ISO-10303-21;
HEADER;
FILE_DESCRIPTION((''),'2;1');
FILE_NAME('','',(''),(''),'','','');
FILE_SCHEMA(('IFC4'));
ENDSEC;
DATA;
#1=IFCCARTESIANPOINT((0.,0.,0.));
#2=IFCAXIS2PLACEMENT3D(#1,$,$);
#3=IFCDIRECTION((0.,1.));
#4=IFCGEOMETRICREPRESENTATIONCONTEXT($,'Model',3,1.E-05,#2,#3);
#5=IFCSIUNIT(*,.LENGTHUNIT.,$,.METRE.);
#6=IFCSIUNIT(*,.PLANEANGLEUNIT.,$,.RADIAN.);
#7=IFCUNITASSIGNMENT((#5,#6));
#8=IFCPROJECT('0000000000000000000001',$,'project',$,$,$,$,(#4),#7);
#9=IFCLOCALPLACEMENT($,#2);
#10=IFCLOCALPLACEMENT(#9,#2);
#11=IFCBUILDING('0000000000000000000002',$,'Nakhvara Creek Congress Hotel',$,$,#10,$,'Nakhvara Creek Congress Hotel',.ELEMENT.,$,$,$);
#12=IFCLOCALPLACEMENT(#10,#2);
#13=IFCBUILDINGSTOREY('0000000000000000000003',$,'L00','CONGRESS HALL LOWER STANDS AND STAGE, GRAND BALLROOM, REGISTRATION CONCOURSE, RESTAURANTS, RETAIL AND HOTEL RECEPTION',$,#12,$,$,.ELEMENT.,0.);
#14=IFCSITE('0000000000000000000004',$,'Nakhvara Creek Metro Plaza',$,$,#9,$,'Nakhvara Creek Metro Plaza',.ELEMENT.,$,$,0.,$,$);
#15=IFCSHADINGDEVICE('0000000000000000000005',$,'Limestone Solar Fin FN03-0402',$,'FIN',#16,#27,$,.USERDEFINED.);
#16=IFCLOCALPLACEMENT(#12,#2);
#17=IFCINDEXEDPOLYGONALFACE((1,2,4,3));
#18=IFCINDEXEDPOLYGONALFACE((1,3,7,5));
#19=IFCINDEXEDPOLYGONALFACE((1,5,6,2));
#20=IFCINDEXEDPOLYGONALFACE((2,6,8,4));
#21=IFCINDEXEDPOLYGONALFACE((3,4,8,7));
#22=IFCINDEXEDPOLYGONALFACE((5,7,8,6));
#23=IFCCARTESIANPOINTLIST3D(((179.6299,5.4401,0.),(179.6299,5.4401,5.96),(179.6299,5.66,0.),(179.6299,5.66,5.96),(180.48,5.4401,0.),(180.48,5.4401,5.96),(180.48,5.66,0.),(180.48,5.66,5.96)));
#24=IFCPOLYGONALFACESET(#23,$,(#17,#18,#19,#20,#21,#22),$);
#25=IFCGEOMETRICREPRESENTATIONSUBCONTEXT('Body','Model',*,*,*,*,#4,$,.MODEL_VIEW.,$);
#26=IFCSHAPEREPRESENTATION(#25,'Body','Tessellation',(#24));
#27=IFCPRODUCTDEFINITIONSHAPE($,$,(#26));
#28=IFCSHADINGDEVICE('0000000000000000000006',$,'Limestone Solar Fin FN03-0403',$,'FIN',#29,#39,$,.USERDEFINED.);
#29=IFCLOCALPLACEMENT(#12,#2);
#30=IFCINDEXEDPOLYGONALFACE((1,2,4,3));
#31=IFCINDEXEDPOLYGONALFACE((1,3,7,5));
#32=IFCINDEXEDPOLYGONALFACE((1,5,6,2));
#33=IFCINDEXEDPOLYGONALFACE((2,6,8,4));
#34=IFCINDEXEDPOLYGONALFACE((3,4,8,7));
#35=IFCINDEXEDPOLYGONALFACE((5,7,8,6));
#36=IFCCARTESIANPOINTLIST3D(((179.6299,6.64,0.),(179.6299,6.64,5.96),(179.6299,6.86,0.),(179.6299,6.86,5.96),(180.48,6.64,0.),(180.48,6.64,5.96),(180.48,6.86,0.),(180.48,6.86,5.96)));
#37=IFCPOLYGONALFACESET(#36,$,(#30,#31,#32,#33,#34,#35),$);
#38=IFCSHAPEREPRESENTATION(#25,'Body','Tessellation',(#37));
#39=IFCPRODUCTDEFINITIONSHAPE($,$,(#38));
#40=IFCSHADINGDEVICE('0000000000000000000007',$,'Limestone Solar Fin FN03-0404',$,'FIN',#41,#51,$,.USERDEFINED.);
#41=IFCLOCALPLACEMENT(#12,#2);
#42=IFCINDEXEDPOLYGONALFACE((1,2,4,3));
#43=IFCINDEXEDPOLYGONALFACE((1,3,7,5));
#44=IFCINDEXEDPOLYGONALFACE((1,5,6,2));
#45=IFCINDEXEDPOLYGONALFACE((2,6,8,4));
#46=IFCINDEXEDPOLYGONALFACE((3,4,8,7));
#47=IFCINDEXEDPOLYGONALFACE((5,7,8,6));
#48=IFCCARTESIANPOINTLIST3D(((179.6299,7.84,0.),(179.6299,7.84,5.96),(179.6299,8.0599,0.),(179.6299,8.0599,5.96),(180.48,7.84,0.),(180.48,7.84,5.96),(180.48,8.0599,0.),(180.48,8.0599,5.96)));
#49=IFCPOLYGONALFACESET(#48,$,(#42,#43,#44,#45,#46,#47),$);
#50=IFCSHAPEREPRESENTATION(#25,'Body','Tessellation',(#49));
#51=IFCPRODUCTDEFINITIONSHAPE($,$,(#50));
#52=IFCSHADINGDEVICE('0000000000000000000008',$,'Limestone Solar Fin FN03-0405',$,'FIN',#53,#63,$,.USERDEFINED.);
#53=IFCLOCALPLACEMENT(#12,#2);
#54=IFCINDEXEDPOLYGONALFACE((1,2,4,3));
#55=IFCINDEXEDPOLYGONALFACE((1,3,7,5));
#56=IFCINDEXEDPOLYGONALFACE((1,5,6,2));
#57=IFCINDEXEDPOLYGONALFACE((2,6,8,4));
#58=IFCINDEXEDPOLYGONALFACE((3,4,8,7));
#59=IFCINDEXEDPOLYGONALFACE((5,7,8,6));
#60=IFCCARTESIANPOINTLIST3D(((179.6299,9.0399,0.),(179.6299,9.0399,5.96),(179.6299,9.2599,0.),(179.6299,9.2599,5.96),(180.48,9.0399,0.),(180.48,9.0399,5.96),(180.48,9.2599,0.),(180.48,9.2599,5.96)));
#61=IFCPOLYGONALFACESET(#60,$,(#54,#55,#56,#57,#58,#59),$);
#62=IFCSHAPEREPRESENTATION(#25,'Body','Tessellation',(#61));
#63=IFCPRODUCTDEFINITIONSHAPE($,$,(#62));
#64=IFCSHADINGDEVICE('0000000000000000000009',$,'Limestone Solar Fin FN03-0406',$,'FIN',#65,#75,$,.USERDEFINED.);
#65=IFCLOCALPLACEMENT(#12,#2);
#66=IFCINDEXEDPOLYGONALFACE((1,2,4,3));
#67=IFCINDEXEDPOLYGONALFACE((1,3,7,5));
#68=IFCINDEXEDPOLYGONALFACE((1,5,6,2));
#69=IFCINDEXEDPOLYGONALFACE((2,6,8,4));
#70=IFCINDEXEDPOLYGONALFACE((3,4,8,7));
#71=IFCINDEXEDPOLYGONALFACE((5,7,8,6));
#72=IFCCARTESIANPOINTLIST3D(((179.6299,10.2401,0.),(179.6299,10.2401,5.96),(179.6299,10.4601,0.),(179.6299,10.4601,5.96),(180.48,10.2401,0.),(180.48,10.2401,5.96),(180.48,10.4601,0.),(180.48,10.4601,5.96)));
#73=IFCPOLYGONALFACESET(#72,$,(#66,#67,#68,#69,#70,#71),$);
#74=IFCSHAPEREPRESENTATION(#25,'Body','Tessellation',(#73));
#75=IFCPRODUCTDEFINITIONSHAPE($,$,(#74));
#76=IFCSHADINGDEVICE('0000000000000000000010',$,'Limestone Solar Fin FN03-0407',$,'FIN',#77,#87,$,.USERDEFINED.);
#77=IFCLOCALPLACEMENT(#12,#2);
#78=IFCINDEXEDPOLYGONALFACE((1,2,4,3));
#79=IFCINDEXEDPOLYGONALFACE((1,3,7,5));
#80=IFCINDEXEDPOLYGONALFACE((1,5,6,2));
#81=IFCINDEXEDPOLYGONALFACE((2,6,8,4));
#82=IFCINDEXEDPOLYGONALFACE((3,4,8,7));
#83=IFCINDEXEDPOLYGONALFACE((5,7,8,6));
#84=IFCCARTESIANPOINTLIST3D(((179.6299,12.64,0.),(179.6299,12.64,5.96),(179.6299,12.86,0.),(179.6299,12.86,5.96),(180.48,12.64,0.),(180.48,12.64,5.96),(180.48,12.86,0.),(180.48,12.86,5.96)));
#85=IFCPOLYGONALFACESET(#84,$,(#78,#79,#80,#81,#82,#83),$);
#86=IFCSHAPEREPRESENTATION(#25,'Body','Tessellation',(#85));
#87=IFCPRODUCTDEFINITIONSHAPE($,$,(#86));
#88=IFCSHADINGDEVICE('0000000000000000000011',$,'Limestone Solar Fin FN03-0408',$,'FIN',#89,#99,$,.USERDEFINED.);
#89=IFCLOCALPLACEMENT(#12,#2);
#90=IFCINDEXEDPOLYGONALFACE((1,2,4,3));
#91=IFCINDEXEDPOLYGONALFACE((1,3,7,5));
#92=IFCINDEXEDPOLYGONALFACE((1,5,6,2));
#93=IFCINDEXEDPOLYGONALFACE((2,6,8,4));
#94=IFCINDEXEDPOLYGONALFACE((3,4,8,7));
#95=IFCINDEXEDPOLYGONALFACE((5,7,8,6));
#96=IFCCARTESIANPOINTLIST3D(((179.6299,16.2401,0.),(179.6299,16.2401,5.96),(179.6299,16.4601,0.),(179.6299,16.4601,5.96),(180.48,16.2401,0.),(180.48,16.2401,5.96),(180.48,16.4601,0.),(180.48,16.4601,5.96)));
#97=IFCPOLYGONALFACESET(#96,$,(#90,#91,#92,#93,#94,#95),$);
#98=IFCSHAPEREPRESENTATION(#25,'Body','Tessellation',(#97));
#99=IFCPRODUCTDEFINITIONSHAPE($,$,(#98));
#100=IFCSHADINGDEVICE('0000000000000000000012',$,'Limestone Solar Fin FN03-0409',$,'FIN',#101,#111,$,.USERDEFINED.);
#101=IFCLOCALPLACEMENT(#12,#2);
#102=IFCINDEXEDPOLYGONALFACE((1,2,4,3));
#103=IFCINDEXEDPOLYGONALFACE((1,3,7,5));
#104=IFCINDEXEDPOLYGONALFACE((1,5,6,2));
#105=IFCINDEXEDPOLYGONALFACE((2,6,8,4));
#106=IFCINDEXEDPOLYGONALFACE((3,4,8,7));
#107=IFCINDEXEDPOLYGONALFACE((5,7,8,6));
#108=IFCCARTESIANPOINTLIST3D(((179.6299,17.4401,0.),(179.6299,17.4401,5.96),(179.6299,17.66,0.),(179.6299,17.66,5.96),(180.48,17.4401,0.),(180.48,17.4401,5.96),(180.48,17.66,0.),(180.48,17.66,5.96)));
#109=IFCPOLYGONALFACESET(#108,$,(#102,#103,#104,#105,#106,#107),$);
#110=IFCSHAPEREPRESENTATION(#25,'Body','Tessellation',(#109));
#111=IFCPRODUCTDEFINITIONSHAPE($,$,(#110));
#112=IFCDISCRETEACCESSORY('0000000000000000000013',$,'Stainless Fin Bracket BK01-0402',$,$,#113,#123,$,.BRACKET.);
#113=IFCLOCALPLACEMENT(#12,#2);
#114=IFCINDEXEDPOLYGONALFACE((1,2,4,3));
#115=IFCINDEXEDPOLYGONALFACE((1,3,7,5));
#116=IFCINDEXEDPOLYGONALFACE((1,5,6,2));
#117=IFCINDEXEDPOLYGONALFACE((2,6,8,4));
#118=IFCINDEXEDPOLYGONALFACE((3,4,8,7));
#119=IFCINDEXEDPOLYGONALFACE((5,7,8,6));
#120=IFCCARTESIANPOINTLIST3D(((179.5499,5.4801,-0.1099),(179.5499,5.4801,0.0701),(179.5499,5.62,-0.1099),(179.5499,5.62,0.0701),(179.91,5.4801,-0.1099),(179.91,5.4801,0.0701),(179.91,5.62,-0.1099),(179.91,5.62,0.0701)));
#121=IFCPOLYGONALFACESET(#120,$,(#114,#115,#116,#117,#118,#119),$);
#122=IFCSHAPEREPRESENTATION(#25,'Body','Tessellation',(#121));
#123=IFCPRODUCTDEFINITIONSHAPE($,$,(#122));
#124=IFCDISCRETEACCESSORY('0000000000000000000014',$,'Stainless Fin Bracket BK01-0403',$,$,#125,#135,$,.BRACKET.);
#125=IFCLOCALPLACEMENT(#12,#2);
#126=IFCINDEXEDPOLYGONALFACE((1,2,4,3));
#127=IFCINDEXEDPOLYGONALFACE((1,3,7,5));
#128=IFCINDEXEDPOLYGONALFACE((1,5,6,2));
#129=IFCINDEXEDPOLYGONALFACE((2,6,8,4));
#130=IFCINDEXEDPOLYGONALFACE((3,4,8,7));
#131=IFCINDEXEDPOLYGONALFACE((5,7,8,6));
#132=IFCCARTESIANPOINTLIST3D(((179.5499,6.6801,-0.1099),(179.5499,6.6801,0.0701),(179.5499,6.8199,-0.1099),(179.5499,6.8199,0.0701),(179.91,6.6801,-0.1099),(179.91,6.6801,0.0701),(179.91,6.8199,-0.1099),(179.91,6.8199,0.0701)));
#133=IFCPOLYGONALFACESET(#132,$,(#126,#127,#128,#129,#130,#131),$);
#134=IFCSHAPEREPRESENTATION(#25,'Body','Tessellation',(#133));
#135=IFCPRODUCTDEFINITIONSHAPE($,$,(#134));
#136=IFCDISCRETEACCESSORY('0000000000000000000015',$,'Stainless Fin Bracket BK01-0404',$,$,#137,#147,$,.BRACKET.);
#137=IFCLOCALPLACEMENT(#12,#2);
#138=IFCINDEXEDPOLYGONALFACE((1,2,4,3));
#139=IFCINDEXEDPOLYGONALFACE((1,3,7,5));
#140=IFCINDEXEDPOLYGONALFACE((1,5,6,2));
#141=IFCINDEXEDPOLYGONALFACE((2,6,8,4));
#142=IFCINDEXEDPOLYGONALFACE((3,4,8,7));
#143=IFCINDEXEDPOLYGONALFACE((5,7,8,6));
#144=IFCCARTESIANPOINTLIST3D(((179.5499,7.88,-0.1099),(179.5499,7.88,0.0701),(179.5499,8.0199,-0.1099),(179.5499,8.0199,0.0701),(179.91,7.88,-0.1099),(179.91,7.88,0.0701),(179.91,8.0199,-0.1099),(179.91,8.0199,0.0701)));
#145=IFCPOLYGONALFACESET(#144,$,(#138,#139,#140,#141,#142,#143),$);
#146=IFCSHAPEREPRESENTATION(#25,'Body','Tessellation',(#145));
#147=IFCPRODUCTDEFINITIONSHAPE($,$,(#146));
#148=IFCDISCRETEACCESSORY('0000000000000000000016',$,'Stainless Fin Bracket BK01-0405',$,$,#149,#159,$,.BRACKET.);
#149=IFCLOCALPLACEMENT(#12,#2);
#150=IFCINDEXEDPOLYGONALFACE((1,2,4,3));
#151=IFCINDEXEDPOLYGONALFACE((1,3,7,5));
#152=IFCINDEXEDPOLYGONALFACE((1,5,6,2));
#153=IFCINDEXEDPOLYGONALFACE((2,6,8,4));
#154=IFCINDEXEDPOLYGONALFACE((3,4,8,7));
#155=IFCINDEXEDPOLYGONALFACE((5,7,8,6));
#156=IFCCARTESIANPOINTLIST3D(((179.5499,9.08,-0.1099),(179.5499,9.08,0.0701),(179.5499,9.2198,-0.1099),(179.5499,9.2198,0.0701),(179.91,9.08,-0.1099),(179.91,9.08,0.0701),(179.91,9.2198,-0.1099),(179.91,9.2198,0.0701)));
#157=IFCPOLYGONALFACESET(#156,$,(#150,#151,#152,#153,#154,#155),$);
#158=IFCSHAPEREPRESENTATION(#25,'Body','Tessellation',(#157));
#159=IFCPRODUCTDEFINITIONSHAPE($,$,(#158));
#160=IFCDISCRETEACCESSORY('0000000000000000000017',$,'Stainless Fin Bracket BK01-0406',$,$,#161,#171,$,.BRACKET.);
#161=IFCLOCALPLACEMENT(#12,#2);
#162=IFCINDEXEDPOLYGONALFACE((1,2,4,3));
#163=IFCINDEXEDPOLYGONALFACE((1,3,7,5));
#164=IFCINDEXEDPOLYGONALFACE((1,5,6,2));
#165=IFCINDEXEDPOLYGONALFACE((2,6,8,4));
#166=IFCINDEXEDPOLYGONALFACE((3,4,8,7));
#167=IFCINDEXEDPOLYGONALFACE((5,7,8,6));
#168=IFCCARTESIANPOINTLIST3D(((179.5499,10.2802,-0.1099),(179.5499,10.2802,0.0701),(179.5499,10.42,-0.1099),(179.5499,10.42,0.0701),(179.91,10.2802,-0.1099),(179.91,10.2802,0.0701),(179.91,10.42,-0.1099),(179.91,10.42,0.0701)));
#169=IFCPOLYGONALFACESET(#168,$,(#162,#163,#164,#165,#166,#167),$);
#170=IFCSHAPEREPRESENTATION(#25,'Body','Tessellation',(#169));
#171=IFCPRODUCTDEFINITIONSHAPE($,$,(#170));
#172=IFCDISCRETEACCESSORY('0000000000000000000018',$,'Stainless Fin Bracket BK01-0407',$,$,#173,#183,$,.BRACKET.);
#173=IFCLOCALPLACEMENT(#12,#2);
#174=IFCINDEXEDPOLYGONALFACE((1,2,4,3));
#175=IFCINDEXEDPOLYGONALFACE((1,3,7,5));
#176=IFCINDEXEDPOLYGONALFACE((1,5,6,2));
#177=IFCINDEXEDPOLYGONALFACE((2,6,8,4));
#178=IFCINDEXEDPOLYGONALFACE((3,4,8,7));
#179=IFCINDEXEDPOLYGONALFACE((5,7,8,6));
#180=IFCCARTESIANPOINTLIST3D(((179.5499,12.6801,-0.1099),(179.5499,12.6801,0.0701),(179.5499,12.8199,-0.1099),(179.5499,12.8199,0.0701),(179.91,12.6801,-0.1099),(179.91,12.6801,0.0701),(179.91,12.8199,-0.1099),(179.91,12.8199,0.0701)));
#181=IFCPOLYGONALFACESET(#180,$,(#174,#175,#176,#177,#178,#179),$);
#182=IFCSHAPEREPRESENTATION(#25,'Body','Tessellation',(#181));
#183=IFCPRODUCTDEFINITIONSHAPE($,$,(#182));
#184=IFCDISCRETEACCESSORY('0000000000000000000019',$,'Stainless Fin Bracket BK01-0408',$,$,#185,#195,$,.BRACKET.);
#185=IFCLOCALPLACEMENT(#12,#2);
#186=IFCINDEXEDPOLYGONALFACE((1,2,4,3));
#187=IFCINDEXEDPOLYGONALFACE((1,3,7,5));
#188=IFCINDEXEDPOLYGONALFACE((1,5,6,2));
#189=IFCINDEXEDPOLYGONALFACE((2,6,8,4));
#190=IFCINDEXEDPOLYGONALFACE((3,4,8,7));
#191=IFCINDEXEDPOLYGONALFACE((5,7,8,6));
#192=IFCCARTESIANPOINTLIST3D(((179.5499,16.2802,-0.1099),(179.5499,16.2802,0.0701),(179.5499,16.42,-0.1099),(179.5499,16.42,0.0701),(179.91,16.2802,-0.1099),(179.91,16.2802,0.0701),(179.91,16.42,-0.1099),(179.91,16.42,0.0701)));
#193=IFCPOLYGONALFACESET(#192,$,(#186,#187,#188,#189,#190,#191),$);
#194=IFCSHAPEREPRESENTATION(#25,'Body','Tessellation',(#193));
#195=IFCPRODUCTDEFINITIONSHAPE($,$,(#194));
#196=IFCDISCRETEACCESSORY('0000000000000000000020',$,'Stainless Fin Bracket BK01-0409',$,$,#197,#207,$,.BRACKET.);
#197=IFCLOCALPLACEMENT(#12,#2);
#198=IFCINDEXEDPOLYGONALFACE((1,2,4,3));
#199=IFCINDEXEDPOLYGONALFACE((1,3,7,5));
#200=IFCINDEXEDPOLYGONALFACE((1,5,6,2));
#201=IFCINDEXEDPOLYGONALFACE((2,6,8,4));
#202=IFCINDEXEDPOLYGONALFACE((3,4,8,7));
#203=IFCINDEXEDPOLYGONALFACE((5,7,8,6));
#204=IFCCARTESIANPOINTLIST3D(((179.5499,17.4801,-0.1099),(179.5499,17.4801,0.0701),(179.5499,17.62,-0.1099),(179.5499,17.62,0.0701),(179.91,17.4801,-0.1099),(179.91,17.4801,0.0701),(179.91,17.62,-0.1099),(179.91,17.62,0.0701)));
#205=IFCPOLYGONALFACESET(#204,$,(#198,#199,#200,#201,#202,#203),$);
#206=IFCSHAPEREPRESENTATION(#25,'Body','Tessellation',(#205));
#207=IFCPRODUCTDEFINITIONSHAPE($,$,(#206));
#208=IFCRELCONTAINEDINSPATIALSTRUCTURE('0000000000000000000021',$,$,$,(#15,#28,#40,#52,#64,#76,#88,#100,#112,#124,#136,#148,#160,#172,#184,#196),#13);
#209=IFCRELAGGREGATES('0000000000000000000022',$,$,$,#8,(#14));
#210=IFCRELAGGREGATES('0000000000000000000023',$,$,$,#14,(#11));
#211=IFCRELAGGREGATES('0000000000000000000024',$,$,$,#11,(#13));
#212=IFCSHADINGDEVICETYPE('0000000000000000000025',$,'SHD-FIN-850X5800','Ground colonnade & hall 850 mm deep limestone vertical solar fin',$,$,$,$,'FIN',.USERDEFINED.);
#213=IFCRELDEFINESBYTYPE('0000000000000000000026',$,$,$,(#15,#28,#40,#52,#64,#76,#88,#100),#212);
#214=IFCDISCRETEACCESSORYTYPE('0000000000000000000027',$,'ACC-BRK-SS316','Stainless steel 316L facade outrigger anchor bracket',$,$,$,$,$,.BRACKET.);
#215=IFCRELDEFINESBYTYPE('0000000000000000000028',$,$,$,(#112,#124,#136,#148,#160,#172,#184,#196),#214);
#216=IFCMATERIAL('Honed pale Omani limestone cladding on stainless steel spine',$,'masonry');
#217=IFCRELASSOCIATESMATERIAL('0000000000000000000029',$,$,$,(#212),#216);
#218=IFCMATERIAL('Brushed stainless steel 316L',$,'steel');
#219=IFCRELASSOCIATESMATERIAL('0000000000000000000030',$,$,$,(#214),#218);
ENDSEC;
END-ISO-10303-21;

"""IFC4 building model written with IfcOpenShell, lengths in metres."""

from ifc_helpers import new_model, si_unit, direction, frame, origin, origin_2d, place, context, subcontext, project, spatial, rectangle, extrude, material, type_object, element, save


model = new_model("IFC4")

# Units and contexts
model_context = context("Model", 3, precision=1e-05, world=origin(), true_north=direction((0.0, 1.0)))
body_context = subcontext(model_context, "Body", "Model", "MODEL_VIEW")
ifc_project = project(units=[si_unit("LENGTHUNIT", "METRE"), si_unit("PLANEANGLEUNIT", "RADIAN")], contexts=[model_context])

# Site, building, storey
site_placement = place(None, origin())
site = spatial("IfcSite", under=ifc_project, at=site_placement, Name="Nakhvara Creek Metro Plaza", LongName="Nakhvara Creek Metro Plaza", CompositionType="ELEMENT", RefElevation=0.0)
building_placement = place(site_placement, origin())
building = spatial("IfcBuilding", under=site, at=building_placement, Name="Nakhvara Creek Congress Hotel", LongName="Nakhvara Creek Congress Hotel", CompositionType="ELEMENT")
storey_placement = place(building_placement, origin())
storey = spatial("IfcBuildingStorey", under=building, at=storey_placement, Name="L00", Description="CONGRESS HALL LOWER STANDS AND STAGE, GRAND BALLROOM, REGISTRATION CONCOURSE, RESTAURANTS, RETAIL AND HOTEL RECEPTION", CompositionType="ELEMENT", Elevation=0.0)

# Shading devices
ifc_material_1 = material(Name="Honed pale Omani limestone cladding on stainless steel spine", Category="masonry")
shading_device_type = type_object("IfcShadingDeviceType", Name="SHD-FIN-850X5800", Description="Ground colonnade & hall 850 mm deep limestone vertical solar fin", ElementType="FIN", PredefinedType="USERDEFINED", material=ifc_material_1)
for number, where, z_axis, x_axis, name in (
    (1, (180.0549, 5.55, 0.0), (0.0, 0.0, 1.0), (0.0, 1.0, 0.0), "Limestone Solar Fin FN03-0402"),
    (2, (180.0549, 6.75, 0.0), (0.0, 0.0, 1.0), (0.0, 1.0, 0.0), "Limestone Solar Fin FN03-0403"),
    (3, (180.0549, 7.95, 0.0), (0.0, 0.0, 1.0), (0.0, 1.0, 0.0), "Limestone Solar Fin FN03-0404"),
    (4, (180.0549, 9.1499, 0.0), (0.0, 0.0, 1.0), (0.0, 1.0, 0.0), "Limestone Solar Fin FN03-0405"),
    (5, (180.0549, 10.3501, 0.0), (0.0, 0.0, 1.0), (0.0, 1.0, 0.0), "Limestone Solar Fin FN03-0406"),
    (6, (180.0549, 12.75, 0.0), (0.0, 0.0, 1.0), (0.0, 1.0, 0.0), "Limestone Solar Fin FN03-0407"),
    (7, (180.0549, 16.3501, 0.0), (0.0, 0.0, 1.0), (0.0, 1.0, 0.0), "Limestone Solar Fin FN03-0408"),
    (8, (180.0549, 17.55, 0.0), (0.0, 0.0, 1.0), (0.0, 1.0, 0.0), "Limestone Solar Fin FN03-0409"),
):
    element("IfcShadingDevice", number, at=place(storey_placement, frame(where, z_axis=z_axis, x_axis=x_axis)), inside=storey, type_object=shading_device_type, Name=name, ObjectType="FIN", PredefinedType="USERDEFINED", context=body_context, shape_type="SweptSolid", body=[
        extrude(rectangle(XDim=0.22, YDim=0.8501, at=origin_2d()), origin(), (0.0, 0.0, 1.0), 5.96),
    ])

# Discrete accessories
ifc_material_2 = material(Name="Brushed stainless steel 316L", Category="steel")
discrete_accessory_type = type_object("IfcDiscreteAccessoryType", Name="ACC-BRK-SS316", Description="Stainless steel 316L facade outrigger anchor bracket", PredefinedType="BRACKET", material=ifc_material_2)
for number, where, z_axis, x_axis, name in (
    (9, (179.73, 5.55, -0.1099), (0.0, 0.0, 1.0), (0.0, 1.0, 0.0), "Stainless Fin Bracket BK01-0402"),
    (10, (179.73, 6.75, -0.1099), (0.0, 0.0, 1.0), (0.0, 1.0, 0.0), "Stainless Fin Bracket BK01-0403"),
    (11, (179.73, 7.95, -0.1099), (0.0, 0.0, 1.0), (0.0, 1.0, 0.0), "Stainless Fin Bracket BK01-0404"),
    (12, (179.73, 9.1499, -0.1099), (0.0, 0.0, 1.0), (0.0, 1.0, 0.0), "Stainless Fin Bracket BK01-0405"),
    (13, (179.73, 10.3501, -0.1099), (0.0, 0.0, 1.0), (0.0, 1.0, 0.0), "Stainless Fin Bracket BK01-0406"),
    (14, (179.73, 12.75, -0.1099), (0.0, 0.0, 1.0), (0.0, 1.0, 0.0), "Stainless Fin Bracket BK01-0407"),
    (15, (179.73, 16.3501, -0.1099), (0.0, 0.0, 1.0), (0.0, 1.0, 0.0), "Stainless Fin Bracket BK01-0408"),
    (16, (179.73, 17.55, -0.1099), (0.0, 0.0, 1.0), (0.0, 1.0, 0.0), "Stainless Fin Bracket BK01-0409"),
):
    element("IfcDiscreteAccessory", number, at=place(storey_placement, frame(where, z_axis=z_axis, x_axis=x_axis)), inside=storey, type_object=discrete_accessory_type, Name=name, PredefinedType="BRACKET", context=body_context, shape_type="SweptSolid", body=[
        extrude(rectangle(XDim=0.1399, YDim=0.3601, at=origin_2d()), origin(), (0.0, 0.0, 1.0), 0.1799),
    ])

save(model, "model.ifc")
